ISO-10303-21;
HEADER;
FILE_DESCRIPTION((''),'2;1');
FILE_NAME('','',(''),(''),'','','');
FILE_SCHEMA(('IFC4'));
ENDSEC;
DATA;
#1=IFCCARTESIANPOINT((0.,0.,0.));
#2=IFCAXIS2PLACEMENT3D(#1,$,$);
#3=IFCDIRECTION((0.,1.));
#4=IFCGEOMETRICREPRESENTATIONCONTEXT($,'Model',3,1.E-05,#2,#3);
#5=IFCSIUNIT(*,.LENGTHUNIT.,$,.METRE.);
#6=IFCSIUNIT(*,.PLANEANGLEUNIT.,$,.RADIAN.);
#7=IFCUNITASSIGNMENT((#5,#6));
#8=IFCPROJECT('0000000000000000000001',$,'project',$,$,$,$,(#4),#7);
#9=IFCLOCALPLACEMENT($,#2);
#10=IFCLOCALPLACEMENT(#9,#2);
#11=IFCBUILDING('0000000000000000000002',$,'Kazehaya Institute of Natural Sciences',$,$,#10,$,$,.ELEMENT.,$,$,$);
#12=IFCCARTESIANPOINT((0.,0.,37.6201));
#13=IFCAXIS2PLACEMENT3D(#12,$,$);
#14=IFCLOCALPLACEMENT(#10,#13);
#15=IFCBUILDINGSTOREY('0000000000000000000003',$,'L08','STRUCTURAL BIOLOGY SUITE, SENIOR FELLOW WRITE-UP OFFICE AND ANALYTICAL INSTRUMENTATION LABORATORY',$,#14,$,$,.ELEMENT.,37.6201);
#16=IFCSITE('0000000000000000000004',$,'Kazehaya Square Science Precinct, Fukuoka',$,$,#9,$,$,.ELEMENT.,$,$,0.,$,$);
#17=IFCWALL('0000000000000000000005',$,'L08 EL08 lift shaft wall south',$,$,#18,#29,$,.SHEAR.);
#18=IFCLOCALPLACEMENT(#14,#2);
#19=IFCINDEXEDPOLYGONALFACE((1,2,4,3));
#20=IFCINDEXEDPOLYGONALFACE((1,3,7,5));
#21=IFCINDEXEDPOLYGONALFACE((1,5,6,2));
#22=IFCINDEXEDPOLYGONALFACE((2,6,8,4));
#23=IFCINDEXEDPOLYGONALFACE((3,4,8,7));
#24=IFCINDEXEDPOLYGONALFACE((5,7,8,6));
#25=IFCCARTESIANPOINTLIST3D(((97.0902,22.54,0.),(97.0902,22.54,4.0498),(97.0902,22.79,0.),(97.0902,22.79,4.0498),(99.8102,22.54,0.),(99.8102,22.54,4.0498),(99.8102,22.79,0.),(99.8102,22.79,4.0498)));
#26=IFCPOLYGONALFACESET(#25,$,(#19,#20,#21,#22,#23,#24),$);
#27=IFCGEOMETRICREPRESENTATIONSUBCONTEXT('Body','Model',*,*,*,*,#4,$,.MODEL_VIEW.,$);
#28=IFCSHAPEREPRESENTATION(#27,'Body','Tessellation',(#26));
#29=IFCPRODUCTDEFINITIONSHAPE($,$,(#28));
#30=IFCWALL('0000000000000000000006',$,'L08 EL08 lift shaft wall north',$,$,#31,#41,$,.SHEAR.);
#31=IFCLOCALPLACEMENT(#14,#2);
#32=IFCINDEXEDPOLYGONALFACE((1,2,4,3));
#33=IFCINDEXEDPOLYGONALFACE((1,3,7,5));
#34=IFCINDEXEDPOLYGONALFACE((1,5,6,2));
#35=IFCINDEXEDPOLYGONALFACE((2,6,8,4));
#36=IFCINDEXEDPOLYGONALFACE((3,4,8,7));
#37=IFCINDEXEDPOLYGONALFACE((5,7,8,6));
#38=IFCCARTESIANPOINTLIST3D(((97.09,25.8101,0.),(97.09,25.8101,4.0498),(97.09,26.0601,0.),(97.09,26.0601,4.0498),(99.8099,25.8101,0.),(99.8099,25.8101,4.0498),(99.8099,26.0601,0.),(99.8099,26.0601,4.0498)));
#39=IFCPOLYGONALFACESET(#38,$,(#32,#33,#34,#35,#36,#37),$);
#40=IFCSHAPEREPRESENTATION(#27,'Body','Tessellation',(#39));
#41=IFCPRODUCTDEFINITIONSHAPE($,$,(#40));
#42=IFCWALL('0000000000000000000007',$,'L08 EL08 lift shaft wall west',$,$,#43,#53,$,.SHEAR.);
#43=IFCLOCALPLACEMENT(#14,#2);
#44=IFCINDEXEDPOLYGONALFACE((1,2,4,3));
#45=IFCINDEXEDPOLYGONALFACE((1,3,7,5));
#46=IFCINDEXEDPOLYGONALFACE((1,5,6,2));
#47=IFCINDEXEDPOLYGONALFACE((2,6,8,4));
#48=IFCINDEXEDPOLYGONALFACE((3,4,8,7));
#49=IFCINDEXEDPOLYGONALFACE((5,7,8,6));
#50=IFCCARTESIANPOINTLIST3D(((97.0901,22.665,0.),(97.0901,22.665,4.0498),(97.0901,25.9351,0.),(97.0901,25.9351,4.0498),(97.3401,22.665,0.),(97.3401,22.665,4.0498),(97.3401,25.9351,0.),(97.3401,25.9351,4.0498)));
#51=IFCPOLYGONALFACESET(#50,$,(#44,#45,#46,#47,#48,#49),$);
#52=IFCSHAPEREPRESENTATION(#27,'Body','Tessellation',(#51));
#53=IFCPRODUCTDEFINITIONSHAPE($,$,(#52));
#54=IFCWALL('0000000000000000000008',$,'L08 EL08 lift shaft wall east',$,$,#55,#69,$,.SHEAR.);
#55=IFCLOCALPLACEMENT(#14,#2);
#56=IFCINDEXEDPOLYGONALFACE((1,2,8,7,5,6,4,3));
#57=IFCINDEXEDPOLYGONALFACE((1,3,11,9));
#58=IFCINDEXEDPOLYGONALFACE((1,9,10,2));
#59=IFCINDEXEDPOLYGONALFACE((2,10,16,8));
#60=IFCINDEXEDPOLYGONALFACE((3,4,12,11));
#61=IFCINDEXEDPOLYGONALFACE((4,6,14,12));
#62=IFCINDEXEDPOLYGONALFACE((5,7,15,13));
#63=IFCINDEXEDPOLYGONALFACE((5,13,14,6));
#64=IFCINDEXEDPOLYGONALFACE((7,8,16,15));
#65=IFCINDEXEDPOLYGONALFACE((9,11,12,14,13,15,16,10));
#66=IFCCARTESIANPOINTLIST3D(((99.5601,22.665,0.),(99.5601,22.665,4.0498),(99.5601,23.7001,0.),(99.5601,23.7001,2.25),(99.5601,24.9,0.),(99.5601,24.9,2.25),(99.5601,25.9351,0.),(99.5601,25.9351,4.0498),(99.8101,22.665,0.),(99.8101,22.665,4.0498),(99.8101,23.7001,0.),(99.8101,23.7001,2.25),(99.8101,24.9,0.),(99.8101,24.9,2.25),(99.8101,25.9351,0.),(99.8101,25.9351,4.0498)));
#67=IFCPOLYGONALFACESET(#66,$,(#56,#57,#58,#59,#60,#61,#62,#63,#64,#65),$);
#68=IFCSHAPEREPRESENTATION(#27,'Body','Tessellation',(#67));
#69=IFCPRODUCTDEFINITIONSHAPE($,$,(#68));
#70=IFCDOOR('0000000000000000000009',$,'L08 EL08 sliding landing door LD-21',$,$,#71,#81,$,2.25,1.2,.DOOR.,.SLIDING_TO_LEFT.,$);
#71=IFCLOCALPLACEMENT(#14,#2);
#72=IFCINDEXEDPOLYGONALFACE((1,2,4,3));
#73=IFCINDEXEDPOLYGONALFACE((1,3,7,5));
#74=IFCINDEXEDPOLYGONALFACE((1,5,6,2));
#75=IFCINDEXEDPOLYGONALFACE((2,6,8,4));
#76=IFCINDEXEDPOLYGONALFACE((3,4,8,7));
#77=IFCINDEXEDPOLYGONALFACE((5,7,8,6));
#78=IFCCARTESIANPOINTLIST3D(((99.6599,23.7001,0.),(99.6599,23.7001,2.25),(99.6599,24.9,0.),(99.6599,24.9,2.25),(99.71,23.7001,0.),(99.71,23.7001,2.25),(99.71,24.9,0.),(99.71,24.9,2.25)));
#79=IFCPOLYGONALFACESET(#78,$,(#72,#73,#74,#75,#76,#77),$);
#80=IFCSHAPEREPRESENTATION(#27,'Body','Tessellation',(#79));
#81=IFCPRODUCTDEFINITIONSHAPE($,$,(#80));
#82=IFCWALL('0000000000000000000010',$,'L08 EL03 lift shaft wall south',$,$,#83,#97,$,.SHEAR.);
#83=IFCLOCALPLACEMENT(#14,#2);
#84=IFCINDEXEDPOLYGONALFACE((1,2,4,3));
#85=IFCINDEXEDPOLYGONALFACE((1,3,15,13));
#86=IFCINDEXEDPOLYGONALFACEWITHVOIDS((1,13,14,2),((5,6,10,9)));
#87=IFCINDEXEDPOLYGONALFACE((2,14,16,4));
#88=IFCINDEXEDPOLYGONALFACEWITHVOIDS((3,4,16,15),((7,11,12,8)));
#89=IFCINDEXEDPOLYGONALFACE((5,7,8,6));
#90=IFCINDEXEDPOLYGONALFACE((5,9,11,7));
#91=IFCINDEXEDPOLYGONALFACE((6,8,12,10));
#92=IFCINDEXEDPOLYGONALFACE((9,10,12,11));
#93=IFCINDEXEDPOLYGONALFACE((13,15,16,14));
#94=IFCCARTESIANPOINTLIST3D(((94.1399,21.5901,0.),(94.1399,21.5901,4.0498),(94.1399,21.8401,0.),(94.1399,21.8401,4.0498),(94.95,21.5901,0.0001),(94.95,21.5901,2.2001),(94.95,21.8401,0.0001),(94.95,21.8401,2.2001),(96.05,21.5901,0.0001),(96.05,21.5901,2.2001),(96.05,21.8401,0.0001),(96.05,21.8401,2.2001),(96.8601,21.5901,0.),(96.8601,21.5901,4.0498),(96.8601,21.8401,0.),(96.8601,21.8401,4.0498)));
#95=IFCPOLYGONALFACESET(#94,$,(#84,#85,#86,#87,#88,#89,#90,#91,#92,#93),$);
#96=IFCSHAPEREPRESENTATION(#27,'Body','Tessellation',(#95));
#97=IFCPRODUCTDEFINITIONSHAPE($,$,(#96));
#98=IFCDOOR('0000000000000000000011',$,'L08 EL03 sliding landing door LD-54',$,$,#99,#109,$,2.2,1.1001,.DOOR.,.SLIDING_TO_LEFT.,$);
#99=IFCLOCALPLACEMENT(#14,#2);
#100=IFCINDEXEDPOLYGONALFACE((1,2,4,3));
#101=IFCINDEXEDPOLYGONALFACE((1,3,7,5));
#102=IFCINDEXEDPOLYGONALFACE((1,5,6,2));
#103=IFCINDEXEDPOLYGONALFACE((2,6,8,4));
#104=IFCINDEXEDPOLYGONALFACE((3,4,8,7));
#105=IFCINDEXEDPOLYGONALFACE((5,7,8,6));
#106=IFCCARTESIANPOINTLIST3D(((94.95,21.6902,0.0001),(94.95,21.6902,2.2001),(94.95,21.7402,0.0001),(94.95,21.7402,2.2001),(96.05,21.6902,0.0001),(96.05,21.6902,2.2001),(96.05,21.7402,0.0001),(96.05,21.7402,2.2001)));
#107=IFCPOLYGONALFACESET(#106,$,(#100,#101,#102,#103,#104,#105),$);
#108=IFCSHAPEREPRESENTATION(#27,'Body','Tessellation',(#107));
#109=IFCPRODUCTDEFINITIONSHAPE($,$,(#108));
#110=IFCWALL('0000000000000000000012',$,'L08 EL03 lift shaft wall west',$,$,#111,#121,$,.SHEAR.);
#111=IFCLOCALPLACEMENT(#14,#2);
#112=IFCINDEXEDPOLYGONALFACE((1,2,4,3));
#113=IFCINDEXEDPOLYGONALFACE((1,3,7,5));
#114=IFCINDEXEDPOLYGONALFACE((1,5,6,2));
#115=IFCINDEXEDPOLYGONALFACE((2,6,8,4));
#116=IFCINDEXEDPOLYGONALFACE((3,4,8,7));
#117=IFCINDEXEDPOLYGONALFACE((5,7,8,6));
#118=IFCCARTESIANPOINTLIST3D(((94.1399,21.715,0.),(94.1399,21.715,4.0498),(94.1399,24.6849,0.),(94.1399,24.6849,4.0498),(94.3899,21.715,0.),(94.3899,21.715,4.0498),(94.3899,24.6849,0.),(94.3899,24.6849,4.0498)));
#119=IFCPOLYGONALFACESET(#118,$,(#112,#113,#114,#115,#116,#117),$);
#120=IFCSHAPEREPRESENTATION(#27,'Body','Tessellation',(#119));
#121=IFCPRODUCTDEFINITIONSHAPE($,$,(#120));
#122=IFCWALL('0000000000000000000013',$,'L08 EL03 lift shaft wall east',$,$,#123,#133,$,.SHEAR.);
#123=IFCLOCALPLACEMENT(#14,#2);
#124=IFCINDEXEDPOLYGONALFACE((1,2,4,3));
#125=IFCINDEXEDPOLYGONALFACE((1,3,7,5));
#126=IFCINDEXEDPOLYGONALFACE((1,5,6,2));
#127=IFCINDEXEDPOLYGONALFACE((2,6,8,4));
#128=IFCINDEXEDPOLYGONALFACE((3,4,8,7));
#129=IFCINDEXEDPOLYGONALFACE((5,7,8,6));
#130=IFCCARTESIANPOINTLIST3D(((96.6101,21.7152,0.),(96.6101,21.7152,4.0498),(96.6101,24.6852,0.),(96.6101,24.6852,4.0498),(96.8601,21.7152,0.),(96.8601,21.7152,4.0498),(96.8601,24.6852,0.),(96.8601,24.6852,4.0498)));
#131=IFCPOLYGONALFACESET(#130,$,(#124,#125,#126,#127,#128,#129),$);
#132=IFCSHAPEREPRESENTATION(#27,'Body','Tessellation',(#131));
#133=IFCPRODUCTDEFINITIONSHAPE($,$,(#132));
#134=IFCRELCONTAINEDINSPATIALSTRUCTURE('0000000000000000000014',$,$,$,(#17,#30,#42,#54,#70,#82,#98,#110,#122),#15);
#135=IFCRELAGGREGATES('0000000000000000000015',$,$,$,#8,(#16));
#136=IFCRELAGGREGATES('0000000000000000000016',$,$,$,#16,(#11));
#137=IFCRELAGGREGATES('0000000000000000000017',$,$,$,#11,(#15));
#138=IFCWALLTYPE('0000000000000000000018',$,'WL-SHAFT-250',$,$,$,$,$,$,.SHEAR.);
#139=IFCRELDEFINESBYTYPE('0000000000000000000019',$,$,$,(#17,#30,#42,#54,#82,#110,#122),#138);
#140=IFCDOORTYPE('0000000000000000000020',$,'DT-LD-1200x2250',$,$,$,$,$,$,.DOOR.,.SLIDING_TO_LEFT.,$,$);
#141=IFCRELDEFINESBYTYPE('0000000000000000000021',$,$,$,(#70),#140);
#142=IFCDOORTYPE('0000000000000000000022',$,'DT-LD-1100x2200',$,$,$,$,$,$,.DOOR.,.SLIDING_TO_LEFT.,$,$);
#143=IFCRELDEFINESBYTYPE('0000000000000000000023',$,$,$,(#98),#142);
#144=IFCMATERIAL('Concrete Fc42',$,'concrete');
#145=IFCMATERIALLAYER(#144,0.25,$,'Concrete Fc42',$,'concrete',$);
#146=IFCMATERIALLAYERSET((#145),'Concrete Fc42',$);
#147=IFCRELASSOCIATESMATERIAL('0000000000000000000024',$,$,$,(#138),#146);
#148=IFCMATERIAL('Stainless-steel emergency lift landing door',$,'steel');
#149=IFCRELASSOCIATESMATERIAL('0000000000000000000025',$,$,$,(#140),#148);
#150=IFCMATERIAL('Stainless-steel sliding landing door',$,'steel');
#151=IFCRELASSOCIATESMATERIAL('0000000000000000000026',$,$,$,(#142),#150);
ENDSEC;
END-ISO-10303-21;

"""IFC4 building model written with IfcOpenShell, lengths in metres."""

from ifc_helpers import new_model, si_unit, direction, frame, frame_2d, origin, place, context, subcontext, project, spatial, rectangle, extrude, material, layer, layer_set, type_object, element, fill, save


model = new_model("IFC4")

# Units and contexts
model_context = context("Model", 3, precision=1e-05, world=origin(), true_north=direction((0.0, 1.0)))
body_context = subcontext(model_context, "Body", "Model", "MODEL_VIEW")
ifc_project = project(units=[si_unit("LENGTHUNIT", "METRE"), si_unit("PLANEANGLEUNIT", "RADIAN")], contexts=[model_context])

# Site, building, storey
site_placement = place(None, origin())
site = spatial("IfcSite", under=ifc_project, at=site_placement, Name="Kazehaya Square Science Precinct, Fukuoka", CompositionType="ELEMENT", RefElevation=0.0)
building_placement = place(site_placement, origin())
building = spatial("IfcBuilding", under=site, at=building_placement, Name="Kazehaya Institute of Natural Sciences", CompositionType="ELEMENT")
storey_placement = place(building_placement, frame((0.0, 0.0, 37.6201)))
storey = spatial("IfcBuildingStorey", under=building, at=storey_placement, Name="L08", Description="STRUCTURAL BIOLOGY SUITE, SENIOR FELLOW WRITE-UP OFFICE AND ANALYTICAL INSTRUMENTATION LABORATORY", CompositionType="ELEMENT", Elevation=37.6201)

# Shared definitions
ifc_material_1 = material(Name="Concrete Fc42", Category="concrete")

# Walls
ifc_layer_1 = layer(ifc_material_1, 0.25, Name="Concrete Fc42", Category="concrete")
ifc_layer_set_1 = layer_set([ifc_layer_1], Name="Concrete Fc42")
wall_type_1 = type_object("IfcWallType", Name="WL-SHAFT-250", PredefinedType="SHEAR", material=ifc_layer_set_1)
for number, where, z_axis, x_axis, name in (
    (1, (99.8101, 22.665, 0.0), (0.0, 0.0, 1.0), (-1.0, 0.0, 0.0), "L08 EL08 lift shaft wall south"),
    (2, (97.0901, 25.9351, 0.0), (0.0, 0.0, 1.0), (1.0, 0.0, 0.0), "L08 EL08 lift shaft wall north"),
):
    element("IfcWall", number, at=place(storey_placement, frame(where, z_axis=z_axis, x_axis=x_axis)), inside=storey, type_object=wall_type_1, Name=name, PredefinedType="SHEAR", context=body_context, shape_type="SweptSolid", body=[
        extrude(rectangle(XDim=2.72, YDim=0.25, at=frame_2d((1.3599, 0.0))), origin(), (0.0, 0.0, 1.0), 4.0498),
    ])
wall_1_placement = place(storey_placement, frame((97.2151, 22.665, 0.0), z_axis=(0.0, 0.0, 1.0), x_axis=(0.0, 1.0, 0.0)))
element("IfcWall", 3, at=wall_1_placement, inside=storey, type_object=wall_type_1, Name="L08 EL08 lift shaft wall west", PredefinedType="SHEAR", context=body_context, shape_type="SweptSolid", body=[
    extrude(rectangle(XDim=3.27, YDim=0.25, at=frame_2d((1.635, 0.0))), origin(), (0.0, 0.0, 1.0), 4.0498),
])

# Walls, openings, doors
wall_2_placement = place(storey_placement, frame((99.6851, 25.9351, 0.0), z_axis=(0.0, 0.0, 1.0), x_axis=(0.0, -1.0, 0.0)))
wall_2 = element("IfcWall", 4, at=wall_2_placement, inside=storey, type_object=wall_type_1, Name="L08 EL08 lift shaft wall east", PredefinedType="SHEAR", context=body_context, shape_type="SweptSolid", body=[
    extrude(rectangle(XDim=3.27, YDim=0.25, at=frame_2d((1.635, 0.0))), origin(), (0.0, 0.0, 1.0), 4.0498),
])
opening_1_placement = place(wall_2_placement, frame((1.0349, 0.0, 0.0)))
opening_1 = element("IfcOpeningElement", 5, at=opening_1_placement, cuts=wall_2, PredefinedType="OPENING", context=body_context, shape_type="SweptSolid", body=[
    extrude(rectangle(XDim=1.2, YDim=2.25, at=frame_2d((0.6001, 1.125))), frame((0.0, 0.135, 0.0), z_axis=(0.0, -1.0, 0.0), x_axis=(1.0, 0.0, 0.0)), (0.0, 0.0, 1.0), 0.27),
])
ifc_material_2 = material(Name="Stainless-steel emergency lift landing door", Category="steel")
door_type_1 = type_object("IfcDoorType", Name="DT-LD-1200x2250", OperationType="SLIDING_TO_LEFT", PredefinedType="DOOR", material=ifc_material_2)
door_1_placement = place(opening_1_placement, origin())
door_1 = element("IfcDoor", 6, at=door_1_placement, inside=storey, type_object=door_type_1, Name="L08 EL08 sliding landing door LD-21", OperationType="SLIDING_TO_LEFT", OverallHeight=2.25, OverallWidth=1.2, PredefinedType="DOOR", context=body_context, shape_type="SweptSolid", body=[
    extrude(rectangle(XDim=1.2, YDim=2.25, at=frame_2d((0.6001, 1.125))), frame((0.0, 0.0249, 0.0), z_axis=(0.0, -1.0, 0.0), x_axis=(1.0, 0.0, 0.0)), (0.0, 0.0, 1.0), 0.05),
])
fill(opening_1, door_1)
wall_3_placement = place(storey_placement, frame((96.8601, 21.7151, 0.0), z_axis=(0.0, 0.0, 1.0), x_axis=(-1.0, 0.0, 0.0)))
wall_3 = element("IfcWall", 7, at=wall_3_placement, inside=storey, type_object=wall_type_1, Name="L08 EL03 lift shaft wall south", PredefinedType="SHEAR", context=body_context, shape_type="SweptSolid", body=[
    extrude(rectangle(XDim=2.7202, YDim=0.25, at=frame_2d((1.3601, 0.0))), origin(), (0.0, 0.0, 1.0), 4.0498),
])
opening_2_placement = place(wall_3_placement, frame((0.8101, 0.0, 0.0)))
opening_2 = element("IfcOpeningElement", 8, at=opening_2_placement, cuts=wall_3, PredefinedType="OPENING", context=body_context, shape_type="SweptSolid", body=[
    extrude(rectangle(XDim=1.1001, YDim=2.2, at=frame_2d((0.55, 1.1001))), frame((0.0, 0.135, 0.0), z_axis=(0.0, -1.0, 0.0), x_axis=(1.0, 0.0, 0.0)), (0.0, 0.0, 1.0), 0.27),
])
ifc_material_3 = material(Name="Stainless-steel sliding landing door", Category="steel")
door_type_2 = type_object("IfcDoorType", Name="DT-LD-1100x2200", OperationType="SLIDING_TO_LEFT", PredefinedType="DOOR", material=ifc_material_3)
door_2_placement = place(opening_2_placement, origin())
door_2 = element("IfcDoor", 9, at=door_2_placement, inside=storey, type_object=door_type_2, Name="L08 EL03 sliding landing door LD-54", OperationType="SLIDING_TO_LEFT", OverallHeight=2.2, OverallWidth=1.1001, PredefinedType="DOOR", context=body_context, shape_type="SweptSolid", body=[
    extrude(rectangle(XDim=1.1001, YDim=2.2, at=frame_2d((0.55, 1.1001))), frame((0.0, 0.0249, 0.0), z_axis=(0.0, -1.0, 0.0), x_axis=(1.0, 0.0, 0.0)), (0.0, 0.0, 1.0), 0.05),
])
fill(opening_2, door_2)

# Walls
for number, where, z_axis, x_axis, name in (
    (10, (94.2649, 21.7151, 0.0), (0.0, 0.0, 1.0), (0.0, 1.0, 0.0), "L08 EL03 lift shaft wall west"),
    (11, (96.7351, 24.6851, 0.0), (0.0, 0.0, 1.0), (0.0, -1.0, 0.0), "L08 EL03 lift shaft wall east"),
):
    element("IfcWall", number, at=place(storey_placement, frame(where, z_axis=z_axis, x_axis=x_axis)), inside=storey, type_object=wall_type_1, Name=name, PredefinedType="SHEAR", context=body_context, shape_type="SweptSolid", body=[
        extrude(rectangle(XDim=2.97, YDim=0.25, at=frame_2d((1.4849, 0.0))), origin(), (0.0, 0.0, 1.0), 4.0498),
    ])

save(model, "model.ifc")
